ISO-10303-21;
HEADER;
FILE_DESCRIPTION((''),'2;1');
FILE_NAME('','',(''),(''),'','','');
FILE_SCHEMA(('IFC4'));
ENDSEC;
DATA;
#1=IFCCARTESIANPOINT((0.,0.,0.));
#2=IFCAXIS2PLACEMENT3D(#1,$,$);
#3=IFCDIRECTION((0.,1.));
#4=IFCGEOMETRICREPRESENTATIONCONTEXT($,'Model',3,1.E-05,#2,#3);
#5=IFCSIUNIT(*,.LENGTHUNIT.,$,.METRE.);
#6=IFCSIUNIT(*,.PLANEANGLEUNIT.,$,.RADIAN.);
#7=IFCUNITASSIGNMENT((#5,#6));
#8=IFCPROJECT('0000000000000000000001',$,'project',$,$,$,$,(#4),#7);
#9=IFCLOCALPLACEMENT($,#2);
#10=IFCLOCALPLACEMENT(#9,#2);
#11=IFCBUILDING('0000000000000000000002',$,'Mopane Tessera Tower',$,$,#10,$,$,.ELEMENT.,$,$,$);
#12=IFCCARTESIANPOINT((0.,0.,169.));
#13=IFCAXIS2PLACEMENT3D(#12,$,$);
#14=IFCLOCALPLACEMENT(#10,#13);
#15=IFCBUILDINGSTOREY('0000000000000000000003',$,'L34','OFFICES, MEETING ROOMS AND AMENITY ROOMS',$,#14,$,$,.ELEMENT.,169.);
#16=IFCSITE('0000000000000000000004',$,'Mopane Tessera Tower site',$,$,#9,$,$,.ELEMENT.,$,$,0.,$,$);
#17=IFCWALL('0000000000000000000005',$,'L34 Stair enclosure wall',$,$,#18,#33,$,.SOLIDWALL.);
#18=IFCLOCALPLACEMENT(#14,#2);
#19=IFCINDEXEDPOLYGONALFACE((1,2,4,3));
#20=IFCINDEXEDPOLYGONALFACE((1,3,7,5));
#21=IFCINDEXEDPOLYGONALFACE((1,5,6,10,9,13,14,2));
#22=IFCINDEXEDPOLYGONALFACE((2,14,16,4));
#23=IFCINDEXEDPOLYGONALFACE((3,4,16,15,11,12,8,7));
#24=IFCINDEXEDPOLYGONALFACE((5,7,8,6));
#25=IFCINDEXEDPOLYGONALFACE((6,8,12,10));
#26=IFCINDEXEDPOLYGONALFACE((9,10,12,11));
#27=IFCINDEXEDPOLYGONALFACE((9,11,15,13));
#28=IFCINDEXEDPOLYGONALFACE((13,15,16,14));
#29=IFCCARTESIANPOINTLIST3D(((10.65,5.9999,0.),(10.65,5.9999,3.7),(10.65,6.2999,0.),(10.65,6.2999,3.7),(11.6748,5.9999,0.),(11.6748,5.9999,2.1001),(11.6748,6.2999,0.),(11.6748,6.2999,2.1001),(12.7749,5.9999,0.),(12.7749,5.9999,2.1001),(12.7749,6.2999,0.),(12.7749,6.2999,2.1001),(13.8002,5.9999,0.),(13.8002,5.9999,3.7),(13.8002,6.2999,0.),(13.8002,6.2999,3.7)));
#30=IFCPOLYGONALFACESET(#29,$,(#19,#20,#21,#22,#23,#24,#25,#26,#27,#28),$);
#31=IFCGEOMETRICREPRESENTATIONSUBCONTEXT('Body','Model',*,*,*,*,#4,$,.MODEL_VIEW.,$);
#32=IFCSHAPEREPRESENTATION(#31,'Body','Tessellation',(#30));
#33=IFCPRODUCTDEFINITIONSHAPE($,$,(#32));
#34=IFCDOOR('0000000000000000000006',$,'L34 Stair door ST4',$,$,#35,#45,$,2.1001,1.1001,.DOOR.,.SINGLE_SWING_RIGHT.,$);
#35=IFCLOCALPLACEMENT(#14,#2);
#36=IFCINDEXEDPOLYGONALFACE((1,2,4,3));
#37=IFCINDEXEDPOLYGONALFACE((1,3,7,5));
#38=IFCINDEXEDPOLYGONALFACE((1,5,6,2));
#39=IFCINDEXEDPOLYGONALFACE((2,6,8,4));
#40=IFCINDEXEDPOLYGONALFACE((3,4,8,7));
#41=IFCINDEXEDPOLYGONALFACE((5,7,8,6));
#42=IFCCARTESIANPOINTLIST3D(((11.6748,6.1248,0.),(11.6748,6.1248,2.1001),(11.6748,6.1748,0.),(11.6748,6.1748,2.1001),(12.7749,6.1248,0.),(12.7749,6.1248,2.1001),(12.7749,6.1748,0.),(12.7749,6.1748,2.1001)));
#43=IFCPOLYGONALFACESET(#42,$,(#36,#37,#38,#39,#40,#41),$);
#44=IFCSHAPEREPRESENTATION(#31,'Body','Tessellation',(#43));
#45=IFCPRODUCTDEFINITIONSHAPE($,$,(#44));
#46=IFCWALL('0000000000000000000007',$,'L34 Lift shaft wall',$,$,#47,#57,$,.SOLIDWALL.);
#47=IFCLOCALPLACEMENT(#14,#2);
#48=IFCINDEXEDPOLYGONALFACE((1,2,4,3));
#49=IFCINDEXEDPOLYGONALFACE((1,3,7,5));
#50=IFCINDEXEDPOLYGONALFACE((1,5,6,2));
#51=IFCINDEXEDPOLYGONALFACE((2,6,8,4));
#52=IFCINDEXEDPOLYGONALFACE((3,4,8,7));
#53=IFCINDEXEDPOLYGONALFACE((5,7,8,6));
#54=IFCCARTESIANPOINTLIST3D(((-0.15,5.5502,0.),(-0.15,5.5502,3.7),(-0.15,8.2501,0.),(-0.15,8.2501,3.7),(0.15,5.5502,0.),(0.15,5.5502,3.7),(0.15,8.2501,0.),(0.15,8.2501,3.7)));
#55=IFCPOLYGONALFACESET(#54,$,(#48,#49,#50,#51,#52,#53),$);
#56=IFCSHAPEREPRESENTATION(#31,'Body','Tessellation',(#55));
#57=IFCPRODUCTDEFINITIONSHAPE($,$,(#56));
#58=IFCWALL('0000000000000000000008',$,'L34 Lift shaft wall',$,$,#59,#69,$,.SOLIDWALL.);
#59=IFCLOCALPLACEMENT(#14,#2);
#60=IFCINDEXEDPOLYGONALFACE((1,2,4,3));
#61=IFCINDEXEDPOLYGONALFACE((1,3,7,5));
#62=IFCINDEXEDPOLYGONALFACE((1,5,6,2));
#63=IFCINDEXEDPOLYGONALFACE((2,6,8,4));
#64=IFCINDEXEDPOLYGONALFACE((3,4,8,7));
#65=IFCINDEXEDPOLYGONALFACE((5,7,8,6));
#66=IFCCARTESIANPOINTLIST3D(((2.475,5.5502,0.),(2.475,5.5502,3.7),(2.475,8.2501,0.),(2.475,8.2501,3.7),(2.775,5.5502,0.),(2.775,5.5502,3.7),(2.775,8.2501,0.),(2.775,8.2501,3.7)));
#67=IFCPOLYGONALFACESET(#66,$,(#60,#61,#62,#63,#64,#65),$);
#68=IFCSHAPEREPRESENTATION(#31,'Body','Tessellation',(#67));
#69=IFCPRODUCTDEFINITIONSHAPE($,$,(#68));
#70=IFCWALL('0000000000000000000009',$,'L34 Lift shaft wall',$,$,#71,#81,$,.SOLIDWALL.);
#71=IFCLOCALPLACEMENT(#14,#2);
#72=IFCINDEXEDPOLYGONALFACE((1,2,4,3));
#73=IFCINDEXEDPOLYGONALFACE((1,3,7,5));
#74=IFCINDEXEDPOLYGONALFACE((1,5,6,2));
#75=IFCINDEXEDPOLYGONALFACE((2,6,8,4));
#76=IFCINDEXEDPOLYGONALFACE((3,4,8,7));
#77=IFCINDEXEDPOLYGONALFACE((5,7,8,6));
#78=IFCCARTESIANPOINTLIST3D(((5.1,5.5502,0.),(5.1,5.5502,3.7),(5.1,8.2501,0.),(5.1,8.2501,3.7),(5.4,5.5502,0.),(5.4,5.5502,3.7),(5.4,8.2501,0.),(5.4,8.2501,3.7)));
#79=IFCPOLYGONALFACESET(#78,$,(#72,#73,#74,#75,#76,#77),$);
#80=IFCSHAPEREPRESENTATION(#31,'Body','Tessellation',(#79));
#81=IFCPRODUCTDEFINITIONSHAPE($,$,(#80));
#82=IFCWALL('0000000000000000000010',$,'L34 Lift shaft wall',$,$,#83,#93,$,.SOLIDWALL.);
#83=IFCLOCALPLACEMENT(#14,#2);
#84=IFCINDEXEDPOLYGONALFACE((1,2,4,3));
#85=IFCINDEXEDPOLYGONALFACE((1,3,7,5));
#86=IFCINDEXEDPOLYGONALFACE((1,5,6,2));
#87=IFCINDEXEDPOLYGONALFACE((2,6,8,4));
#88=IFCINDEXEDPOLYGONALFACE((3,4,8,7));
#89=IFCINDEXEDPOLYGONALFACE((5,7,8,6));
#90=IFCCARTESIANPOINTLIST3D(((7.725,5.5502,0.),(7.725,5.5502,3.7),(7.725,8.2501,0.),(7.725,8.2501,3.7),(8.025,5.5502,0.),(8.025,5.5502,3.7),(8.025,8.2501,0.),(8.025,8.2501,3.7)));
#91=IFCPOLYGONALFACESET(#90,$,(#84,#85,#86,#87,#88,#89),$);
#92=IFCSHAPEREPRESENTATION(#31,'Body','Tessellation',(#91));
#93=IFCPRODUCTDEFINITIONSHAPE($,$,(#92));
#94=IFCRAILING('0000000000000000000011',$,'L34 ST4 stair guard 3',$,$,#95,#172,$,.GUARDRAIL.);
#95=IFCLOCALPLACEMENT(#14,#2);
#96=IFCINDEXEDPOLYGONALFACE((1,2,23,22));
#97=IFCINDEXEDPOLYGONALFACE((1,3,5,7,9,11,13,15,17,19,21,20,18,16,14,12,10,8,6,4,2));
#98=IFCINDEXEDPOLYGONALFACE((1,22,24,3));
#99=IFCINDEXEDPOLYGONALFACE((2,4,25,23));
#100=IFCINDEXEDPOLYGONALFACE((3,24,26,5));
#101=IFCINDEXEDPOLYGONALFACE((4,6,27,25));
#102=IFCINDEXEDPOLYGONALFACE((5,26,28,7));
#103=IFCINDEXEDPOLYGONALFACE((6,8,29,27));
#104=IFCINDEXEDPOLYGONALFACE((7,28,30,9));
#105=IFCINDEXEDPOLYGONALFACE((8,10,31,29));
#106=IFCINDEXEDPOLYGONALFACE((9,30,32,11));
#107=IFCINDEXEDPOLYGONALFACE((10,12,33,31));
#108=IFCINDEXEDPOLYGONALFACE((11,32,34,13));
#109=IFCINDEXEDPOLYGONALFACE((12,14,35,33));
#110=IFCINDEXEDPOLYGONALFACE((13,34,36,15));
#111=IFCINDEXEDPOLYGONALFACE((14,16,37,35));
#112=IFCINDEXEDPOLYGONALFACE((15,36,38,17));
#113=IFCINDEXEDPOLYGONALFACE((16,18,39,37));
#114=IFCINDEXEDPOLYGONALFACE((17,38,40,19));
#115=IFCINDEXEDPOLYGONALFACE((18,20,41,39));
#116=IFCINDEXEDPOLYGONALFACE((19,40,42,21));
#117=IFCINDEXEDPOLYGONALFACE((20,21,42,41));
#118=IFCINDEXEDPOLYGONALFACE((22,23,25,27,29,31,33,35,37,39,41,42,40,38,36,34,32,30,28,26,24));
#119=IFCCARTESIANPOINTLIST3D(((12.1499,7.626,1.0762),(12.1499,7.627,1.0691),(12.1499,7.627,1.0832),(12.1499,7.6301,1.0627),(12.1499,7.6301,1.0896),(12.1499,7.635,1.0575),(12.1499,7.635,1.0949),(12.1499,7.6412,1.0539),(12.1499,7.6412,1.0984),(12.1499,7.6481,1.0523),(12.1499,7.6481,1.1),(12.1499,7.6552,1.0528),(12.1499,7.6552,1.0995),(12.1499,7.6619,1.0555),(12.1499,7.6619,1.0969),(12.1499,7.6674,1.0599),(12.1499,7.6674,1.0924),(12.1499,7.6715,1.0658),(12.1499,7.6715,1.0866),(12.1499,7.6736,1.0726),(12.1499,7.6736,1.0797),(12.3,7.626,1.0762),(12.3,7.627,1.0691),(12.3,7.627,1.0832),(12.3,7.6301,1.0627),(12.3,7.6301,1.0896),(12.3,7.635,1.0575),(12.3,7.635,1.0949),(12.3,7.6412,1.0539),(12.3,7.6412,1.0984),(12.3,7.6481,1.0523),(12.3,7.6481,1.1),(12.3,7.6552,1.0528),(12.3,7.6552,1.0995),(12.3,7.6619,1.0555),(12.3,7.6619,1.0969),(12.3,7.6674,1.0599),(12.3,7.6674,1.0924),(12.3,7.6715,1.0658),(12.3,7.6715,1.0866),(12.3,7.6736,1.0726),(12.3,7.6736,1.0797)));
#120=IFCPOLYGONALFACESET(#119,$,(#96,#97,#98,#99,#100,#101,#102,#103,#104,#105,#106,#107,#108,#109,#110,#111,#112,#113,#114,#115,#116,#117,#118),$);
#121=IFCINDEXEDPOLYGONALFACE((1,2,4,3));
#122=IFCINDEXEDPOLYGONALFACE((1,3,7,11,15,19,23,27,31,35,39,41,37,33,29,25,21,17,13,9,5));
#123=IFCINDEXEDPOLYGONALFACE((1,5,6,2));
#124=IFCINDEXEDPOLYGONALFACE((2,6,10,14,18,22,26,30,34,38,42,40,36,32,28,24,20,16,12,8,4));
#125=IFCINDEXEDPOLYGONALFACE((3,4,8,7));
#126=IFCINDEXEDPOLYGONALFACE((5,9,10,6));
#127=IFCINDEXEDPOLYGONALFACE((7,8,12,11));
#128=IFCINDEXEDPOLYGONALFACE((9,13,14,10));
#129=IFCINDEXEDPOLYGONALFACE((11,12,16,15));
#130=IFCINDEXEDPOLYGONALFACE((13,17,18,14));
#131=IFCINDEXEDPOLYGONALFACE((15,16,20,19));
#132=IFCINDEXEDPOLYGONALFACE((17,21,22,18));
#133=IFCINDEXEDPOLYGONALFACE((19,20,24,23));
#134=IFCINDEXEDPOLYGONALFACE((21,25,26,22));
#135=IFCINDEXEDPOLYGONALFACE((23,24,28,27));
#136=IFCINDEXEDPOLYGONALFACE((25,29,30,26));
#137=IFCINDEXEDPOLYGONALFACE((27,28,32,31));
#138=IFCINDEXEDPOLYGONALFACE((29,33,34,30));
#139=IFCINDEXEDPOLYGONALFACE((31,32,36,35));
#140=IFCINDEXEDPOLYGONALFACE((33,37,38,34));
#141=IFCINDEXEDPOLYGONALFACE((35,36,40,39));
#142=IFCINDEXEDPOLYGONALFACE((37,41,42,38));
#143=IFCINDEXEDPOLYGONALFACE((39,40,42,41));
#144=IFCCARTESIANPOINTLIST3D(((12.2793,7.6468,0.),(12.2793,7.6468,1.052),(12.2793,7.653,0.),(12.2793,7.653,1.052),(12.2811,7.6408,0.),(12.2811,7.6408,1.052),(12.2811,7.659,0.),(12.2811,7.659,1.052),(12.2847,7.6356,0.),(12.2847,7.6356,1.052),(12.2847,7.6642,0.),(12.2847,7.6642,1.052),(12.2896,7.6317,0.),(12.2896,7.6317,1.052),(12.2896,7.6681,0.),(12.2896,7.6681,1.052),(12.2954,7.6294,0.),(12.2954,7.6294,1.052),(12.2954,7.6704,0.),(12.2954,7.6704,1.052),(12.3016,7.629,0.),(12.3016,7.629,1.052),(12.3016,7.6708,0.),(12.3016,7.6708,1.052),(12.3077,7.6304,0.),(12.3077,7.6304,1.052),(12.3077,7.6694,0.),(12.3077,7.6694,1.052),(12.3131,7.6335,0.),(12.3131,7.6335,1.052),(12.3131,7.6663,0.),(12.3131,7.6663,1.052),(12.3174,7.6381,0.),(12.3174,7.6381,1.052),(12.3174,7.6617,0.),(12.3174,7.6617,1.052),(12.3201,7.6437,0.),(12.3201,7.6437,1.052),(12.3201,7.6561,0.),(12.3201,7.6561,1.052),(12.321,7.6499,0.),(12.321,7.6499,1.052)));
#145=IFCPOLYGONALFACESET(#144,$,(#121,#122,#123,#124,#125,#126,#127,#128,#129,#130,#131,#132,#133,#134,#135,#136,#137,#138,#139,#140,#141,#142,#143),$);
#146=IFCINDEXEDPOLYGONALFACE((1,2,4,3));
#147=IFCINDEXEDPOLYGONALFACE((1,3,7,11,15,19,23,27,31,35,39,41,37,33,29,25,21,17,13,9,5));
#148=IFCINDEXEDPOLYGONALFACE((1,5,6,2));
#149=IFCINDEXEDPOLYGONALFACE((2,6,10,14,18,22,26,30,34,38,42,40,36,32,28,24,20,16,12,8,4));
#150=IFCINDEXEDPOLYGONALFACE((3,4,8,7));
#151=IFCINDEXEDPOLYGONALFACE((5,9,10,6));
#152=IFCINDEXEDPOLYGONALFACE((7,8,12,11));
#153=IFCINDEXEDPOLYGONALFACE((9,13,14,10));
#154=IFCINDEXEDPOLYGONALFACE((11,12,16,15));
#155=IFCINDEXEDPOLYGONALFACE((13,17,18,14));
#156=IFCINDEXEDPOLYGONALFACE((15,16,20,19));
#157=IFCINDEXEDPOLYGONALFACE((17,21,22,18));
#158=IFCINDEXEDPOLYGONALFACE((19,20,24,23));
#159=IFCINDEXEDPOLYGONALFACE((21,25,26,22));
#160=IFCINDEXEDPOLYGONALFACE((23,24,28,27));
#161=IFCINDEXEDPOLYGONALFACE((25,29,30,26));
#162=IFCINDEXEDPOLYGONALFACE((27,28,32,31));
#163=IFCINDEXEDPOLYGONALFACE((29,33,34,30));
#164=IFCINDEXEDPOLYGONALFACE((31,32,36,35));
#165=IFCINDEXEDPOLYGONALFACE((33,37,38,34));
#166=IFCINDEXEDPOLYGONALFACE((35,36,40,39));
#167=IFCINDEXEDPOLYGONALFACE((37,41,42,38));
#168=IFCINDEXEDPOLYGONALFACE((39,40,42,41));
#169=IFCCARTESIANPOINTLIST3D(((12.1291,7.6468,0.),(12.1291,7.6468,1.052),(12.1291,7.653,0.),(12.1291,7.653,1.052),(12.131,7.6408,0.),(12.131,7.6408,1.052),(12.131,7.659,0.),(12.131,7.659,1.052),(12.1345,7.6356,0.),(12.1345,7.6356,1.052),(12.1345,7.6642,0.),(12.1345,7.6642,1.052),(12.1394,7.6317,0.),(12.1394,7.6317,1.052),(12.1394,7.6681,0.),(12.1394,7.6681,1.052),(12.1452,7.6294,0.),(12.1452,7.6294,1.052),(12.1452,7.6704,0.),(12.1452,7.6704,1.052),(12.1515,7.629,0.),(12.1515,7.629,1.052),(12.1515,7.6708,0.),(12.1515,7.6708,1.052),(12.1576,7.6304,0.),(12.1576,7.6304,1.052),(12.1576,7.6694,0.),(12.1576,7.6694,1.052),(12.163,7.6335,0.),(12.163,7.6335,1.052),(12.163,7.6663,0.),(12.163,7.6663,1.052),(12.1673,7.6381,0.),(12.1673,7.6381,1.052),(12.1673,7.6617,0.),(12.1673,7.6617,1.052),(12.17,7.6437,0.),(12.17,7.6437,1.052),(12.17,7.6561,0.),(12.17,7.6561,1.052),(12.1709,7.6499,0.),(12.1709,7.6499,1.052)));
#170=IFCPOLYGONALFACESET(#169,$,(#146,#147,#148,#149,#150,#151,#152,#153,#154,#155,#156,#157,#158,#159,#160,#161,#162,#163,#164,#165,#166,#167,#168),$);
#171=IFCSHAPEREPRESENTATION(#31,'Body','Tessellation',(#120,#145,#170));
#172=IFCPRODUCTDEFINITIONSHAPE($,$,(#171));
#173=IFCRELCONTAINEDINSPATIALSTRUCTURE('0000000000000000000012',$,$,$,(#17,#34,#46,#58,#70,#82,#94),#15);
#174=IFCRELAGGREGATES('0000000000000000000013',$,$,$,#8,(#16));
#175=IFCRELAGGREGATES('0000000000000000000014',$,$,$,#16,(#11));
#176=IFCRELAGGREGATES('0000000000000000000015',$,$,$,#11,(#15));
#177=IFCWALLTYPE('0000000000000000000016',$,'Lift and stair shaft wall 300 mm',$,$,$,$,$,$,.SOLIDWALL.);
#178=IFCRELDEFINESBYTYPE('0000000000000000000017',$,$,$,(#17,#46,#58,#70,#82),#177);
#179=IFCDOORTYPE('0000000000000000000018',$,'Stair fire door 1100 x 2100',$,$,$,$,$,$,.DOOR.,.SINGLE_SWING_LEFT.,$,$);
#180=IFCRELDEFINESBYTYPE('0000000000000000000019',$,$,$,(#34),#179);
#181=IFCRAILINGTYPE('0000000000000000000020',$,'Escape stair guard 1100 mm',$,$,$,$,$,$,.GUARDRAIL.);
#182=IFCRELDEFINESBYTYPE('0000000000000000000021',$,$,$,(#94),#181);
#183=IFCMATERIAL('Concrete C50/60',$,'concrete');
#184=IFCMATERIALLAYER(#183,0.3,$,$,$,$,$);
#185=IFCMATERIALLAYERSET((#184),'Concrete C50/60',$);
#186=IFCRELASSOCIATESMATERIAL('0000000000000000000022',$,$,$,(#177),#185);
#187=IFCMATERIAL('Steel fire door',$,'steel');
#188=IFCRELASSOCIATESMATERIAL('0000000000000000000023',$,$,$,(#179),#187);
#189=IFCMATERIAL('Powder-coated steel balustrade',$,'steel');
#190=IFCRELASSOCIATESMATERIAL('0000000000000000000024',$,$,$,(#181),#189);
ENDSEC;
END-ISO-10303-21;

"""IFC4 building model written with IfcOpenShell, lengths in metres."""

from ifc_helpers import new_model, si_unit, direction, frame, frame_2d, origin, origin_2d, place, context, subcontext, project, spatial, rectangle, circle, extrude, material, layer, layer_set, type_object, element, fill, save


model = new_model("IFC4")

# Units and contexts
model_context = context("Model", 3, precision=1e-05, world=origin(), true_north=direction((0.0, 1.0)))
body_context = subcontext(model_context, "Body", "Model", "MODEL_VIEW")
ifc_project = project(units=[si_unit("LENGTHUNIT", "METRE"), si_unit("PLANEANGLEUNIT", "RADIAN")], contexts=[model_context])

# Site, building, storey
site_placement = place(None, origin())
site = spatial("IfcSite", under=ifc_project, at=site_placement, Name="Mopane Tessera Tower site", CompositionType="ELEMENT", RefElevation=0.0)
building_placement = place(site_placement, origin())
building = spatial("IfcBuilding", under=site, at=building_placement, Name="Mopane Tessera Tower", CompositionType="ELEMENT")
storey_placement = place(building_placement, frame((0.0, 0.0, 169.0)))
storey = spatial("IfcBuildingStorey", under=building, at=storey_placement, Name="L34", Description="OFFICES, MEETING ROOMS AND AMENITY ROOMS", CompositionType="ELEMENT", Elevation=169.0)

# Wall, opening, door
ifc_material_1 = material(Name="Concrete C50/60", Category="concrete")
ifc_layer_1 = layer(ifc_material_1, 0.3)
ifc_layer_set_1 = layer_set([ifc_layer_1], Name="Concrete C50/60")
wall_type_1 = type_object("IfcWallType", Name="Lift and stair shaft wall 300 mm", PredefinedType="SOLIDWALL", material=ifc_layer_set_1)
ifc_material_2 = material(Name="Steel fire door", Category="steel")
door_type = type_object("IfcDoorType", Name="Stair fire door 1100 x 2100", OperationType="SINGLE_SWING_LEFT", PredefinedType="DOOR", material=ifc_material_2)
wall_1_placement = place(storey_placement, frame((10.6499, 6.1499, 0.0), z_axis=(0.0, 0.0, 1.0), x_axis=(1.0, 0.0, 0.0)))
wall_1 = element("IfcWall", 1, at=wall_1_placement, inside=storey, type_object=wall_type_1, Name="L34 Stair enclosure wall", PredefinedType="SOLIDWALL", context=body_context, shape_type="SweptSolid", body=[
    extrude(rectangle(XDim=3.1501, YDim=0.3, at=frame_2d((1.5752, 0.0))), origin(), (0.0, 0.0, 1.0), 3.7),
])
opening_1_placement = place(wall_1_placement, frame((1.0249, 0.0, 0.0)))
opening_1 = element("IfcOpeningElement", 2, at=opening_1_placement, cuts=wall_1, PredefinedType="OPENING", context=body_context, shape_type="SweptSolid", body=[
    extrude(rectangle(XDim=1.1001, YDim=2.1001, at=frame_2d((0.55, 1.05))), frame((0.0, 0.1621, 0.0), z_axis=(0.0, -1.0, 0.0), x_axis=(1.0, 0.0, 0.0)), (0.0, 0.0, 1.0), 0.324),
])
door_1_placement = place(opening_1_placement, origin())
door_1 = element("IfcDoor", 3, at=door_1_placement, inside=storey, type_object=door_type, Name="L34 Stair door ST4", OperationType="SINGLE_SWING_RIGHT", OverallHeight=2.1001, OverallWidth=1.1001, PredefinedType="DOOR", context=body_context, shape_type="SweptSolid", body=[
    extrude(rectangle(XDim=1.1001, YDim=2.1001, at=frame_2d((0.55, 1.05))), frame((0.0, 0.0249, 0.0), z_axis=(0.0, -1.0, 0.0), x_axis=(1.0, 0.0, 0.0)), (0.0, 0.0, 1.0), 0.05),
])
fill(opening_1, door_1)

# Walls
for number, where, z_axis, x_axis, name in (
    (4, (0.0, 5.55, 0.0), (0.0, 0.0, 1.0), (0.0, 1.0, 0.0), "L34 Lift shaft wall"),
    (5, (2.625, 5.55, 0.0), (0.0, 0.0, 1.0), (0.0, 1.0, 0.0), "L34 Lift shaft wall"),
    (6, (5.25, 5.55, 0.0), (0.0, 0.0, 1.0), (0.0, 1.0, 0.0), "L34 Lift shaft wall"),
    (7, (7.875, 5.55, 0.0), (0.0, 0.0, 1.0), (0.0, 1.0, 0.0), "L34 Lift shaft wall"),
):
    element("IfcWall", number, at=place(storey_placement, frame(where, z_axis=z_axis, x_axis=x_axis)), inside=storey, type_object=wall_type_1, Name=name, PredefinedType="SOLIDWALL", context=body_context, shape_type="SweptSolid", body=[
        extrude(rectangle(XDim=2.7, YDim=0.3, at=frame_2d((1.3501, 0.0))), origin(), (0.0, 0.0, 1.0), 3.7),
    ])

# Railing
ifc_material_3 = material(Name="Powder-coated steel balustrade", Category="steel")
railing_type = type_object("IfcRailingType", Name="Escape stair guard 1100 mm", PredefinedType="GUARDRAIL", material=ifc_material_3)
railing_1_placement = place(storey_placement, frame((12.3, 7.6499, 0.0)))
element("IfcRailing", 8, at=railing_1_placement, inside=storey, type_object=railing_type, Name="L34 ST4 stair guard 3", PredefinedType="GUARDRAIL", context=body_context, shape_type="SweptSolid", body=[
    extrude(circle(Radius=0.0239, at=origin_2d()), frame((0.0, 0.0, 1.0762), z_axis=(-1.0, 0.0, 0.0), x_axis=(0.0, -1.0, 0.0)), (0.0, 0.0, 1.0), 0.1501),
    extrude(circle(Radius=0.021, at=origin_2d()), origin(), (0.0, 0.0, 1.0), 1.052),
    extrude(circle(Radius=0.021, at=origin_2d()), frame((-0.1501, 0.0, 0.0)), (0.0, 0.0, 1.0), 1.052),
])

save(model, "model.ifc")
